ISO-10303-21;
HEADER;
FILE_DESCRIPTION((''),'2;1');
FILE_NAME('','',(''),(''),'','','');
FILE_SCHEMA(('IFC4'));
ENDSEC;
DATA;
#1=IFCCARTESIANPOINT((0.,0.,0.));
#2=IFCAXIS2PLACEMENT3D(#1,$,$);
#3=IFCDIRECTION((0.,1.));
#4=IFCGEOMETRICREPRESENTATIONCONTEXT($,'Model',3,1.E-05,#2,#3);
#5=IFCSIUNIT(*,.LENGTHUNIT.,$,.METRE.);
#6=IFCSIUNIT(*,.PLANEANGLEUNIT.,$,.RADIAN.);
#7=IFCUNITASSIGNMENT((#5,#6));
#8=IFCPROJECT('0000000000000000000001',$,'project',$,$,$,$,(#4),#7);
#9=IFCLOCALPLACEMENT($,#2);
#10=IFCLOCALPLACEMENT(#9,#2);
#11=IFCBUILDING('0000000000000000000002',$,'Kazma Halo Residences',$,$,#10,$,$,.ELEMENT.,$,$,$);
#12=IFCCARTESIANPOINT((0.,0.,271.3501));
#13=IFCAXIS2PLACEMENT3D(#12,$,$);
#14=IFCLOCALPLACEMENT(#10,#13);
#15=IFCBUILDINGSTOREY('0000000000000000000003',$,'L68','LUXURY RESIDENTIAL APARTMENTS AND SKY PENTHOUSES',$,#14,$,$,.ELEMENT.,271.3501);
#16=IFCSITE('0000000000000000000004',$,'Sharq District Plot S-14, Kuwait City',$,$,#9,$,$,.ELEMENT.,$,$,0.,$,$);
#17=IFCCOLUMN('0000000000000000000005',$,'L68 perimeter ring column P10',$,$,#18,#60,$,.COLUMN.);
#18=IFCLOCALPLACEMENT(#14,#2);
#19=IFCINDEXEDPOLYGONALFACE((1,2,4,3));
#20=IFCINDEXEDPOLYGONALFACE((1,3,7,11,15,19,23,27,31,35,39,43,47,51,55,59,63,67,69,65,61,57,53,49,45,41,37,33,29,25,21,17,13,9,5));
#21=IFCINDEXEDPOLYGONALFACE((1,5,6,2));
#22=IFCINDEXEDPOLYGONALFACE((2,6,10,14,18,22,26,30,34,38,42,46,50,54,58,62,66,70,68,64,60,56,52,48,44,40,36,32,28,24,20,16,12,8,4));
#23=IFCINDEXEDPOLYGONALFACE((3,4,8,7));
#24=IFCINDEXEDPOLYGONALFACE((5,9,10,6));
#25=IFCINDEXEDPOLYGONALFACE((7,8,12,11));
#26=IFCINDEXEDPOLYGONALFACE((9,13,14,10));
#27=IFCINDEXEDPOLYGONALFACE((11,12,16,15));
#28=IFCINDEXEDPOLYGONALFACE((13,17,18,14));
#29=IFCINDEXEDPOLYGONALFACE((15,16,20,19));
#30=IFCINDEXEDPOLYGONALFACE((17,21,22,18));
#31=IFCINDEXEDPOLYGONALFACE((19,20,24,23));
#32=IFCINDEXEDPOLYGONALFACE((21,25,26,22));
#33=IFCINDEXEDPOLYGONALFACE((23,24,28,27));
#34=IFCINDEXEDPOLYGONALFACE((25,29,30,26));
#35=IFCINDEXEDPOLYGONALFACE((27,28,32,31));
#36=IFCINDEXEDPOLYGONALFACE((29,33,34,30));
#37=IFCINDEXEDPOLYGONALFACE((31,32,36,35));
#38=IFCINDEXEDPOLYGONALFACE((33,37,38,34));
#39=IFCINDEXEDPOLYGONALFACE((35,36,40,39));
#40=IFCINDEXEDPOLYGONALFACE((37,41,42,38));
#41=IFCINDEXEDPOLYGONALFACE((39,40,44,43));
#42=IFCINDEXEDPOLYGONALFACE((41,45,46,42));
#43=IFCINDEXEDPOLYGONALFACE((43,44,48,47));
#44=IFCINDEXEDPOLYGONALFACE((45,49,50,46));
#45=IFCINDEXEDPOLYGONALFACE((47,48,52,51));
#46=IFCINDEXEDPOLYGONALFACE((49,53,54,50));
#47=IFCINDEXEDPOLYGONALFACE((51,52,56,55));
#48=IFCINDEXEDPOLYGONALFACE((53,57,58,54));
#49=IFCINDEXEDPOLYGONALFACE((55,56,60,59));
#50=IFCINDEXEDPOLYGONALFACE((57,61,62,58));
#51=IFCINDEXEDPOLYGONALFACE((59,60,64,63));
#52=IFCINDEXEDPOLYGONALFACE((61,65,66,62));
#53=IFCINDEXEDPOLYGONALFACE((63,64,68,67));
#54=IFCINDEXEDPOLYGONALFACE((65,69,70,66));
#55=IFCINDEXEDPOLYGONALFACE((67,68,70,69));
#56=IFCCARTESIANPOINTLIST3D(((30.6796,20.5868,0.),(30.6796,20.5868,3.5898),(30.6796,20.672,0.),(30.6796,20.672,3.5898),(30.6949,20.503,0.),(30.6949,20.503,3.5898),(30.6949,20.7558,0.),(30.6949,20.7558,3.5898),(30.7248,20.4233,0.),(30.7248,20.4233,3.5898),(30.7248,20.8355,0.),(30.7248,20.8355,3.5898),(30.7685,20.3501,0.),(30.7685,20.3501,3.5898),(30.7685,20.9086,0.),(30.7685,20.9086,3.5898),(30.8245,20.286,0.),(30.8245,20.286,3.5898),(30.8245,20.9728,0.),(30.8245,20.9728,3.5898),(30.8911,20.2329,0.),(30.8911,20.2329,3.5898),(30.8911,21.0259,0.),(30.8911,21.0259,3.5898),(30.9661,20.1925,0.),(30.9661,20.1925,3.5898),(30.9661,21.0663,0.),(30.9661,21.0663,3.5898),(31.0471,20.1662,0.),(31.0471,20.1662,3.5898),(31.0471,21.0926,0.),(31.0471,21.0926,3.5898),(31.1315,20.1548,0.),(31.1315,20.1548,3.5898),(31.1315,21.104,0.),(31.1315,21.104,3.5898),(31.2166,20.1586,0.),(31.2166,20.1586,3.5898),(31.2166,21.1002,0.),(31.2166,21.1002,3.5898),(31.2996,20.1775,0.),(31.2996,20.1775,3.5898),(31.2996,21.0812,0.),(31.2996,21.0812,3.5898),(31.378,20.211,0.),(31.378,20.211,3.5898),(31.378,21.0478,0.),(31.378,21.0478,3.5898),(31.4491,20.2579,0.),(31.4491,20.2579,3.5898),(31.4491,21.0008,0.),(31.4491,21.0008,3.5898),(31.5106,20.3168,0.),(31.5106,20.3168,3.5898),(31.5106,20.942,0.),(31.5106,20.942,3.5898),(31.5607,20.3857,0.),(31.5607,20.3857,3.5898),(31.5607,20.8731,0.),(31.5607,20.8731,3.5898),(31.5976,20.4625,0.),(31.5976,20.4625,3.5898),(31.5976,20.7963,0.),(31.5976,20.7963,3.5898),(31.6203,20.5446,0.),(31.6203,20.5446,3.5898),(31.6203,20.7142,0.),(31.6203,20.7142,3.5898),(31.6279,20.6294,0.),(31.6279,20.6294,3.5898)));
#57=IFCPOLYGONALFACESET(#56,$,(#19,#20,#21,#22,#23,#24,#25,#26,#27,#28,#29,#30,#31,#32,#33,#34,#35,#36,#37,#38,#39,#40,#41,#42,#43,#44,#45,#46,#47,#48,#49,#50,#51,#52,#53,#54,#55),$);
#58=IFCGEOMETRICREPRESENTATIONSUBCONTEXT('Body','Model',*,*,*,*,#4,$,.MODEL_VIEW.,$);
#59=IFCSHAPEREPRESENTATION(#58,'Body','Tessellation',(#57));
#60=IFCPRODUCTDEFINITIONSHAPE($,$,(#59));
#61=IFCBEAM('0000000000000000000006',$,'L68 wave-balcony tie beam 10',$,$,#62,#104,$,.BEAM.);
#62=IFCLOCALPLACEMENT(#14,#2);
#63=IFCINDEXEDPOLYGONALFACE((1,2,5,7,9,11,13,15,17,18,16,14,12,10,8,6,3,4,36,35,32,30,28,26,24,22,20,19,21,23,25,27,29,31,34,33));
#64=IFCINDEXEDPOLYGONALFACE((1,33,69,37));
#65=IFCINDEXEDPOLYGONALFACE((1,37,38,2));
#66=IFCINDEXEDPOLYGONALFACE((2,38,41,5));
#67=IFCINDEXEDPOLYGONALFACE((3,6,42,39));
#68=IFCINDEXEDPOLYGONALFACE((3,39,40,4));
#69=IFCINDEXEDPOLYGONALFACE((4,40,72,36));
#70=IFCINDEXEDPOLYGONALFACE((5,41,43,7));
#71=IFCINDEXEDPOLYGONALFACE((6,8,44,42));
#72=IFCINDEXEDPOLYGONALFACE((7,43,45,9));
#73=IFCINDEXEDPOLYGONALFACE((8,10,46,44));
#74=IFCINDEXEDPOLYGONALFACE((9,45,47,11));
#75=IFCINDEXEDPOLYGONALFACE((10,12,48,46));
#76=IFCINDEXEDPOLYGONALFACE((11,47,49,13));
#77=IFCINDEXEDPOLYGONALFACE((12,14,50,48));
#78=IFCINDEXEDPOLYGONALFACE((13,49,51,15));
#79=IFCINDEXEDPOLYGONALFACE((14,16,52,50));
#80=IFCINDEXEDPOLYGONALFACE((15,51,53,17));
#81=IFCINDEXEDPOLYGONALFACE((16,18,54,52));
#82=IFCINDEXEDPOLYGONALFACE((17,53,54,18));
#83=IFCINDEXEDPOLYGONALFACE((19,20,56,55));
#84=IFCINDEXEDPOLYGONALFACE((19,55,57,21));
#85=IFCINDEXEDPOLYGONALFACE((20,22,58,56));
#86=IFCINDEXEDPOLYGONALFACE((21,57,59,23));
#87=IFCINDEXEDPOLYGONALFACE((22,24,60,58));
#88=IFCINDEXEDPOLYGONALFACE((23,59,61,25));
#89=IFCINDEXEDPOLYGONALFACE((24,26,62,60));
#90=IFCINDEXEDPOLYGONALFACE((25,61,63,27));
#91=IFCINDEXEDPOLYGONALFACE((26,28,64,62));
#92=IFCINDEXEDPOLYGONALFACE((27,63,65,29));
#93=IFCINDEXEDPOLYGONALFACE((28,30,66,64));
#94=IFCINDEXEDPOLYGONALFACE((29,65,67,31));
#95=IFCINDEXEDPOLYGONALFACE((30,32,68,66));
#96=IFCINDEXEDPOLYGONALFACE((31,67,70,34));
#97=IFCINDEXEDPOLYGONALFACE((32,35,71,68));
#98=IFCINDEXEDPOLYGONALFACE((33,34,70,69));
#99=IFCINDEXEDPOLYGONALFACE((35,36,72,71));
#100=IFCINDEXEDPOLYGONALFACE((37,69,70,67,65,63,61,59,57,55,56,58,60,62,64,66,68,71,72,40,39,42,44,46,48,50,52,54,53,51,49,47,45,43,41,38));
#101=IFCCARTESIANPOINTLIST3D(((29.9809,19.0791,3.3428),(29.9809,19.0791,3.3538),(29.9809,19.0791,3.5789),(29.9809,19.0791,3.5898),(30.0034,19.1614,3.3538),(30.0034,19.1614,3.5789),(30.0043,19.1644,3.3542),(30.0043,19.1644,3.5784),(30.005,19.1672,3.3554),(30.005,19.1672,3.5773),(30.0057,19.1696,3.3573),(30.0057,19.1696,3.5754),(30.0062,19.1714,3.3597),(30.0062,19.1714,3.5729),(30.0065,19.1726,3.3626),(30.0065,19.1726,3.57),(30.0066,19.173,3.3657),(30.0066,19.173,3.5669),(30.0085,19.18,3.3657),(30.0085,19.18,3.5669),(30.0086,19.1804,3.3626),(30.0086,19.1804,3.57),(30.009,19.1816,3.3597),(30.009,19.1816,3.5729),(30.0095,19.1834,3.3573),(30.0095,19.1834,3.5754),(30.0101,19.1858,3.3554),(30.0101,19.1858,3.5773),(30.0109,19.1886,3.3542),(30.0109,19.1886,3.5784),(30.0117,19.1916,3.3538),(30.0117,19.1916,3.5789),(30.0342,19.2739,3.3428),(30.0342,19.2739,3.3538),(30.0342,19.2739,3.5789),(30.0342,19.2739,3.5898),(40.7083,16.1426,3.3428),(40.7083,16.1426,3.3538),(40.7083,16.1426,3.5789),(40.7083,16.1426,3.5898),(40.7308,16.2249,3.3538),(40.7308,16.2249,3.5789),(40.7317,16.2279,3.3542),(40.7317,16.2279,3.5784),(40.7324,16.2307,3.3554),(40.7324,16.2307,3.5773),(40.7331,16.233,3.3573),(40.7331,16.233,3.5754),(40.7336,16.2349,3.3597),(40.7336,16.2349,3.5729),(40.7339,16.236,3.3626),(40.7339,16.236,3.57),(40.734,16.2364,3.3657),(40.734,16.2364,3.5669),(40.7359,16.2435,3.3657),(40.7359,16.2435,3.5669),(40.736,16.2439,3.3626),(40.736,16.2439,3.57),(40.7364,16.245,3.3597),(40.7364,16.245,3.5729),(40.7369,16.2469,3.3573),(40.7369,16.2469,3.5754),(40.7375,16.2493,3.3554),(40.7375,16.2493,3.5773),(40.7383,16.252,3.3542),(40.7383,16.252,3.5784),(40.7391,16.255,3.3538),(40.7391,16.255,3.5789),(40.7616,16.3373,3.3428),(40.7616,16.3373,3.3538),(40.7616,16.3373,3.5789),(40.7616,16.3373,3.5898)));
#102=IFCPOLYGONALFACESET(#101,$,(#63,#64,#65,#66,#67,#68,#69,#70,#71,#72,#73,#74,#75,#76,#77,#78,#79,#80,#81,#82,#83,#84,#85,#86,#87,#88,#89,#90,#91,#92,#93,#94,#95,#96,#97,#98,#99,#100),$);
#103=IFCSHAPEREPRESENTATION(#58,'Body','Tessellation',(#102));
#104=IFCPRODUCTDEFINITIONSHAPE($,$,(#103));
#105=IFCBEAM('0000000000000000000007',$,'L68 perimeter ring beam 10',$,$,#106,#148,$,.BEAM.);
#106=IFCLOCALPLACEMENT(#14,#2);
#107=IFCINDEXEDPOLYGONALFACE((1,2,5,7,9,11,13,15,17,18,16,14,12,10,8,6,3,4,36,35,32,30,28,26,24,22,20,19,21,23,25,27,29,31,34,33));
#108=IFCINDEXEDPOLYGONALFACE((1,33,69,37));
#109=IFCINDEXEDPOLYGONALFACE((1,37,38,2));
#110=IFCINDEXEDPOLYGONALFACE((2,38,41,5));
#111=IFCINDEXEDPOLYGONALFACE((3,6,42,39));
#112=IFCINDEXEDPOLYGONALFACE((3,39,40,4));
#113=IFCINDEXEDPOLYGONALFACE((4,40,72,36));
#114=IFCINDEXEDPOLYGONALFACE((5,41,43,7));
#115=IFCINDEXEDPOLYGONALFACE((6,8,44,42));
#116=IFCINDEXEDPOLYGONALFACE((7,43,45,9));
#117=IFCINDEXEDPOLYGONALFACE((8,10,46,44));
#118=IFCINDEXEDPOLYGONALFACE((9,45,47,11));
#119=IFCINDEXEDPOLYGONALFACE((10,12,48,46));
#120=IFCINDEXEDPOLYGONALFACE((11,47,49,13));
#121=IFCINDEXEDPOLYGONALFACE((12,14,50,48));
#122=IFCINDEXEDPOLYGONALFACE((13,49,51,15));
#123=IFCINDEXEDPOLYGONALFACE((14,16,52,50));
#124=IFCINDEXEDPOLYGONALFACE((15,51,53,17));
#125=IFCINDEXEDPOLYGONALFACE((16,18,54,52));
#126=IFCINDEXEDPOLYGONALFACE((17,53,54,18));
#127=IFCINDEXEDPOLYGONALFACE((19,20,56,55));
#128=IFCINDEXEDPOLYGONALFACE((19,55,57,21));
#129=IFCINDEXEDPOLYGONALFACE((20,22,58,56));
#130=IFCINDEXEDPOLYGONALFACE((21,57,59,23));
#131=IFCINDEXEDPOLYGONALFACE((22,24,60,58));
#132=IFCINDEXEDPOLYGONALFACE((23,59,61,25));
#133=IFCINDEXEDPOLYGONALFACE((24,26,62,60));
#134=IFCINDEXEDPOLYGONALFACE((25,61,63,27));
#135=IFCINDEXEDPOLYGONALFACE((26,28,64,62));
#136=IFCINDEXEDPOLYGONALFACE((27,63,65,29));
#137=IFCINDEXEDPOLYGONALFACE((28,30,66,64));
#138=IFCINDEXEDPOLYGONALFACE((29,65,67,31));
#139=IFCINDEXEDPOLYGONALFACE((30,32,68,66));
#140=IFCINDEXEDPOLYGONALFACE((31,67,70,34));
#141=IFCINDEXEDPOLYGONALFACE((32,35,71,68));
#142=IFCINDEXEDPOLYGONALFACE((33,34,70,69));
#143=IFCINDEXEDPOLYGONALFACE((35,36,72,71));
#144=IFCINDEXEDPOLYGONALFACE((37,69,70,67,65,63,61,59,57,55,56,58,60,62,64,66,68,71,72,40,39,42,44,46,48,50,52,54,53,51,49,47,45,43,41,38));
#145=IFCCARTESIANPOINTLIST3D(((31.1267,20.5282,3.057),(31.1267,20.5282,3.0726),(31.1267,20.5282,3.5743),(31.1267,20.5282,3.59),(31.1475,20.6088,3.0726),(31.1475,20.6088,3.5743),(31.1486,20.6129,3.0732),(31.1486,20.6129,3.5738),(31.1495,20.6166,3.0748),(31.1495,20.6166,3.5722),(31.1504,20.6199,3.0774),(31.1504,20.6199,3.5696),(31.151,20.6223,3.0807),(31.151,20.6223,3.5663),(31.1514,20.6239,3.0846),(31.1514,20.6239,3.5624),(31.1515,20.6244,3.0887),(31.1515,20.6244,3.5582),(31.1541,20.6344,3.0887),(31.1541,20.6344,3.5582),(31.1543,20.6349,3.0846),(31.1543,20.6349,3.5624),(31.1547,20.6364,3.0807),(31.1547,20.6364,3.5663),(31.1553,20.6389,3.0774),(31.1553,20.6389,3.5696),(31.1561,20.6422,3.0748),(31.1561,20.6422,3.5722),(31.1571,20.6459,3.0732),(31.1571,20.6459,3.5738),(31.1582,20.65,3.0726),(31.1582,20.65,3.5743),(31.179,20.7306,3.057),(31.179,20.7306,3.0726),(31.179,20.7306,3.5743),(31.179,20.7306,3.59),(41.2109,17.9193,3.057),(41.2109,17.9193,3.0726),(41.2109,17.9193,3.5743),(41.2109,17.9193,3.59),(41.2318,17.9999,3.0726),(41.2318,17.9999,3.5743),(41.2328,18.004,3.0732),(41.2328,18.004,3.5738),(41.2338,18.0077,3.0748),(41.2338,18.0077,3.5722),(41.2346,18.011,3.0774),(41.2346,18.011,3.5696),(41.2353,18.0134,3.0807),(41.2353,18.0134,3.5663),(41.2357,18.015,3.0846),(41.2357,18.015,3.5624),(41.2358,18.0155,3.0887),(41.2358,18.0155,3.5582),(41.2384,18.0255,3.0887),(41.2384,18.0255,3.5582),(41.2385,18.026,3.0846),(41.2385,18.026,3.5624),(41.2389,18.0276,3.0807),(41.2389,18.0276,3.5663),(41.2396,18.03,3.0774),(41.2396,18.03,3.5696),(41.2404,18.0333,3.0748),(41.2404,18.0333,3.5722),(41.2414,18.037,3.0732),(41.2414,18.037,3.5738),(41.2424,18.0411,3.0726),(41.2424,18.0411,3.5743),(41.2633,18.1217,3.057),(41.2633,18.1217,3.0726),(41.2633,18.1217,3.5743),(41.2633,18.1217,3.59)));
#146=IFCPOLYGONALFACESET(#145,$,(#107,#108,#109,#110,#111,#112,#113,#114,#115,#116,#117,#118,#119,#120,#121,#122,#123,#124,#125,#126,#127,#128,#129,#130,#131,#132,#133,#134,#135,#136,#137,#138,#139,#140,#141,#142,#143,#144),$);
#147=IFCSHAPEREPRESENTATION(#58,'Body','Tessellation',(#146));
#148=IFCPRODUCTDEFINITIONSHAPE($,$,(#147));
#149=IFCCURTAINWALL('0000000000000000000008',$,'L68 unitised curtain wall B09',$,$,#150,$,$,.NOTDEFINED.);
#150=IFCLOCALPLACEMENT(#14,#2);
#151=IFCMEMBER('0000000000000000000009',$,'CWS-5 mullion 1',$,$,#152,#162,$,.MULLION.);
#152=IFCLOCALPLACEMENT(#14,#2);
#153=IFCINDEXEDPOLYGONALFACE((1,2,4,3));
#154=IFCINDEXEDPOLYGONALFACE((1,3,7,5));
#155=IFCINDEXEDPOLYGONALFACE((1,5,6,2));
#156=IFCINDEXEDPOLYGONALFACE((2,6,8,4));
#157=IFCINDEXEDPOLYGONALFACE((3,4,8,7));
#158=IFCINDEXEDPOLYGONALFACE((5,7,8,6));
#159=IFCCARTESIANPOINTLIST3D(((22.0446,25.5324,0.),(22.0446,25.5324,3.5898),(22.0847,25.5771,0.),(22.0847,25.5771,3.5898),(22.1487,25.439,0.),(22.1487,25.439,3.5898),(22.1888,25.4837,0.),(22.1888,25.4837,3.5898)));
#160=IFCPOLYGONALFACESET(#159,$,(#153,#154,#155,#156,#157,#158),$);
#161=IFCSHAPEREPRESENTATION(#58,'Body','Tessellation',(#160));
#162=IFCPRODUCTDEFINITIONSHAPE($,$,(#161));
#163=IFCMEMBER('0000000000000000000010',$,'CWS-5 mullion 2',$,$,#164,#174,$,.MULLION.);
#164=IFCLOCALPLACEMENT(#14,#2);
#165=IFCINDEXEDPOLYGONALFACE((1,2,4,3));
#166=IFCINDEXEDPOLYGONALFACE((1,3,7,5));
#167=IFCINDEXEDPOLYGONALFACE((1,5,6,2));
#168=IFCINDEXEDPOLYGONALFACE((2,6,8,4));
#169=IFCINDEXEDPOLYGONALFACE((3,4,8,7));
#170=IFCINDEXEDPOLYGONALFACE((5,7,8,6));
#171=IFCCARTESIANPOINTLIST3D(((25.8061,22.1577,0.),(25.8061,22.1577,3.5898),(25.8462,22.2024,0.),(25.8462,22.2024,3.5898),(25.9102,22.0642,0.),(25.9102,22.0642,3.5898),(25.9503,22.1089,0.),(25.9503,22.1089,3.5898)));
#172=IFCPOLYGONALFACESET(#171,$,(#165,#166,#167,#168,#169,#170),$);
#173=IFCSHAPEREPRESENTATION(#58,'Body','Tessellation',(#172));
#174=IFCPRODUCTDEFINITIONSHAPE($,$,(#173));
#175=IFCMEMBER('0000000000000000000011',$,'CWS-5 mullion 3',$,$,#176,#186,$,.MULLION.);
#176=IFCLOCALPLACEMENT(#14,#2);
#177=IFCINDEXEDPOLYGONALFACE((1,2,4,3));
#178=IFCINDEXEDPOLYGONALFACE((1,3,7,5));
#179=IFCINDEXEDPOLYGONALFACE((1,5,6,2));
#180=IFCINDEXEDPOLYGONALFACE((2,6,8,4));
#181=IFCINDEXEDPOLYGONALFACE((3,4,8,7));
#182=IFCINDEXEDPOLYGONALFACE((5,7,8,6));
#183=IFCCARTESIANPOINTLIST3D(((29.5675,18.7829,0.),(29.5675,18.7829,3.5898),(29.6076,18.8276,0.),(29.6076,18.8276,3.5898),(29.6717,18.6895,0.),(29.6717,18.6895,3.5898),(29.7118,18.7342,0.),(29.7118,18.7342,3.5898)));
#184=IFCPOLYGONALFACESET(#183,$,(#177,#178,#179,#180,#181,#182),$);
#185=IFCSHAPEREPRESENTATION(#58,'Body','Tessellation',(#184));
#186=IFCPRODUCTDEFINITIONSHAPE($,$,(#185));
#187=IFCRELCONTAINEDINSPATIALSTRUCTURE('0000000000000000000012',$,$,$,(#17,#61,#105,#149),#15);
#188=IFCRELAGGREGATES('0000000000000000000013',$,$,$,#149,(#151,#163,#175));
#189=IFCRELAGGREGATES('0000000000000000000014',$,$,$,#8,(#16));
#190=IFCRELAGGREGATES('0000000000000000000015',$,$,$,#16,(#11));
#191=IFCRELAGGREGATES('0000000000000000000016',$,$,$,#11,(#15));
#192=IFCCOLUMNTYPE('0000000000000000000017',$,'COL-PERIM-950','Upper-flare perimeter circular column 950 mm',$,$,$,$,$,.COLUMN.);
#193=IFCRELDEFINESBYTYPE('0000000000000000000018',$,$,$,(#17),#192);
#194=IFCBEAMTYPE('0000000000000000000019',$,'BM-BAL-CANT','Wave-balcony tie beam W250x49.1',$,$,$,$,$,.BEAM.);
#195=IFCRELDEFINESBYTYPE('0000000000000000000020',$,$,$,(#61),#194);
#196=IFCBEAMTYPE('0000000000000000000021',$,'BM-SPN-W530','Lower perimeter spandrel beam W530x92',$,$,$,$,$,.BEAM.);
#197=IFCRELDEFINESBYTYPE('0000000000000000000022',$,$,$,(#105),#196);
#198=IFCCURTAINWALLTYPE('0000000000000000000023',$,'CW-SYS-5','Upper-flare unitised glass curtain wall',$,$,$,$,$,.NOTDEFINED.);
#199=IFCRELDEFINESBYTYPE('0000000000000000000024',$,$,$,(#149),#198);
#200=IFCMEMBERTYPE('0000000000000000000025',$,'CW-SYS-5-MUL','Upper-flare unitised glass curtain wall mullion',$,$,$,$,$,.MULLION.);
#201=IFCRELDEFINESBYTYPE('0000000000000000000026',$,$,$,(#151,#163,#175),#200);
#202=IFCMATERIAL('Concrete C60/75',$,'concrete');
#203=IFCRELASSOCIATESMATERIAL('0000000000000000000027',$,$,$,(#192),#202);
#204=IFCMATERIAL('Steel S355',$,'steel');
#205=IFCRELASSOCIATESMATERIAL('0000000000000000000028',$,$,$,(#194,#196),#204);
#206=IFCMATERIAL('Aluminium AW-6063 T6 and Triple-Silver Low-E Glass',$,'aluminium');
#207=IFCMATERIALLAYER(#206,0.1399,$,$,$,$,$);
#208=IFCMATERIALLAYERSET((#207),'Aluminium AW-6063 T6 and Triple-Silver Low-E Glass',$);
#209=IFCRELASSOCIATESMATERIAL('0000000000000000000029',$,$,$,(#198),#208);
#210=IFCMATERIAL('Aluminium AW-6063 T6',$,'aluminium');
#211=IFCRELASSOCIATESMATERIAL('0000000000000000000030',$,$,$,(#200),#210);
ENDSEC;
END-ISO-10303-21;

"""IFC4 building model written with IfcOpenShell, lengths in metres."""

from ifc_helpers import new_model, si_unit, direction, frame, origin, origin_2d, place, context, subcontext, project, spatial, rectangle, circle, i_section, extrude, material, layer, layer_set, material_profile, profile_set, type_object, element, aggregate, save


model = new_model("IFC4")

# Units and contexts
model_context = context("Model", 3, precision=1e-05, world=origin(), true_north=direction((0.0, 1.0)))
body_context = subcontext(model_context, "Body", "Model", "MODEL_VIEW")
ifc_project = project(units=[si_unit("LENGTHUNIT", "METRE"), si_unit("PLANEANGLEUNIT", "RADIAN")], contexts=[model_context])

# Site, building, storey
site_placement = place(None, origin())
site = spatial("IfcSite", under=ifc_project, at=site_placement, Name="Sharq District Plot S-14, Kuwait City", CompositionType="ELEMENT", RefElevation=0.0)
building_placement = place(site_placement, origin())
building = spatial("IfcBuilding", under=site, at=building_placement, Name="Kazma Halo Residences", CompositionType="ELEMENT")
storey_placement = place(building_placement, frame((0.0, 0.0, 271.3501)))
storey = spatial("IfcBuildingStorey", under=building, at=storey_placement, Name="L68", Description="LUXURY RESIDENTIAL APARTMENTS AND SKY PENTHOUSES", CompositionType="ELEMENT", Elevation=271.3501)

# Column
ifc_material_1 = material(Name="Concrete C60/75", Category="concrete")
ifc_material_profile_1 = material_profile(ifc_material_1, circle(Radius=0.4751, at=origin_2d()), Name="CIRC950")
ifc_profile_set_1 = profile_set([ifc_material_profile_1], Name="Concrete C60/75")
column_type = type_object("IfcColumnType", Name="COL-PERIM-950", Description="Upper-flare perimeter circular column 950 mm", PredefinedType="COLUMN", material=ifc_profile_set_1)
column_placement = place(storey_placement, frame((31.1528, 20.6294, 0.0), z_axis=(0.0, 0.0, 1.0), x_axis=(1.0, 0.0, 0.0)))
element("IfcColumn", 1, at=column_placement, inside=storey, type_object=column_type, Name="L68 perimeter ring column P10", PredefinedType="COLUMN", context=body_context, shape_type="SweptSolid", body=[
    extrude(circle(Radius=0.4751, at=origin_2d()), origin(), (0.0, 0.0, 1.0), 3.5898),
])

# Beams
ifc_material_2 = material(Name="Steel S355", Category="steel")
ifc_material_profile_2 = material_profile(ifc_material_2, i_section(OverallWidth=0.2019, OverallDepth=0.2471, WebThickness=0.0073, FlangeThickness=0.011, FilletRadius=0.012, at=origin_2d()), Name="W250x49.1")
ifc_profile_set_2 = profile_set([ifc_material_profile_2], Name="Steel S355")
beam_type_1 = type_object("IfcBeamType", Name="BM-BAL-CANT", Description="Wave-balcony tie beam W250x49.1", PredefinedType="BEAM", material=ifc_profile_set_2)
beam_1_placement = place(storey_placement, frame((30.0076, 19.1765, 3.4663), z_axis=(0.964515, -0.264029, 0.0), x_axis=(0.264029, 0.964515, 0.0)))
element("IfcBeam", 2, at=beam_1_placement, inside=storey, type_object=beam_type_1, Name="L68 wave-balcony tie beam 10", PredefinedType="BEAM", context=body_context, shape_type="SweptSolid", body=[
    extrude(i_section(OverallWidth=0.2019, OverallDepth=0.2471, WebThickness=0.0073, FlangeThickness=0.011, FilletRadius=0.012, at=origin_2d()), origin(), (0.0, 0.0, 1.0), 11.1221),
])
ifc_material_profile_3 = material_profile(ifc_material_2, i_section(OverallWidth=0.209, OverallDepth=0.533, WebThickness=0.0103, FlangeThickness=0.0156, FilletRadius=0.0161, at=origin_2d()), Name="W530x92")
ifc_profile_set_3 = profile_set([ifc_material_profile_3], Name="Steel S355")
beam_type_2 = type_object("IfcBeamType", Name="BM-SPN-W530", Description="Lower perimeter spandrel beam W530x92", PredefinedType="BEAM", material=ifc_profile_set_3)
beam_2_placement = place(storey_placement, frame((31.1528, 20.6294, 3.3235), z_axis=(0.968126, -0.250464, 0.0), x_axis=(0.250464, 0.968126, 0.0)))
element("IfcBeam", 3, at=beam_2_placement, inside=storey, type_object=beam_type_2, Name="L68 perimeter ring beam 10", PredefinedType="BEAM", context=body_context, shape_type="SweptSolid", body=[
    extrude(i_section(OverallWidth=0.209, OverallDepth=0.533, WebThickness=0.0103, FlangeThickness=0.0156, FilletRadius=0.0161, at=origin_2d()), origin(), (0.0, 0.0, 1.0), 10.4163),
])

# Curtain wall, members
ifc_material_3 = material(Name="Aluminium AW-6063 T6 and Triple-Silver Low-E Glass", Category="aluminium")
ifc_layer_1 = layer(ifc_material_3, 0.1399)
ifc_layer_set_1 = layer_set([ifc_layer_1], Name="Aluminium AW-6063 T6 and Triple-Silver Low-E Glass")
curtain_wall_type = type_object("IfcCurtainWallType", Name="CW-SYS-5", Description="Upper-flare unitised glass curtain wall", PredefinedType="NOTDEFINED", material=ifc_layer_set_1)
curtain_wall_placement = place(storey_placement, origin())
curtain_wall = element("IfcCurtainWall", 4, at=curtain_wall_placement, inside=storey, type_object=curtain_wall_type, Name="L68 unitised curtain wall B09", PredefinedType="NOTDEFINED")
ifc_material_4 = material(Name="Aluminium AW-6063 T6", Category="aluminium")
ifc_material_profile_4 = material_profile(ifc_material_4, rectangle(XDim=0.0601, YDim=0.1399, at=origin_2d()), Name="CWM-60x140")
ifc_profile_set_4 = profile_set([ifc_material_profile_4], Name="Aluminium AW-6063 T6")
member_type_1 = type_object("IfcMemberType", Name="CW-SYS-5-MUL", Description="Upper-flare unitised glass curtain wall mullion", PredefinedType="MULLION", material=ifc_profile_set_4)
member_1_placement = place(storey_placement, frame((22.1167, 25.5081, 0.0), z_axis=(0.0, 0.0, 1.0), x_axis=(0.667805, 0.744336, 0.0)))
member_1 = element("IfcMember", 5, at=member_1_placement, type_object=member_type_1, Name="CWS-5 mullion 1", PredefinedType="MULLION", context=body_context, shape_type="SweptSolid", body=[
    extrude(rectangle(XDim=0.0601, YDim=0.1399, at=origin_2d()), origin(), (0.0, 0.0, 1.0), 3.5898),
])
member_2_placement = place(storey_placement, frame((25.8782, 22.1333, 0.0), z_axis=(0.0, 0.0, 1.0), x_axis=(0.667805, 0.744336, 0.0)))
member_2 = element("IfcMember", 6, at=member_2_placement, type_object=member_type_1, Name="CWS-5 mullion 2", PredefinedType="MULLION", context=body_context, shape_type="SweptSolid", body=[
    extrude(rectangle(XDim=0.0601, YDim=0.1399, at=origin_2d()), origin(), (0.0, 0.0, 1.0), 3.5898),
])
member_3_placement = place(storey_placement, frame((29.6396, 18.7585, 0.0), z_axis=(0.0, 0.0, 1.0), x_axis=(0.667805, 0.744336, 0.0)))
member_3 = element("IfcMember", 7, at=member_3_placement, type_object=member_type_1, Name="CWS-5 mullion 3", PredefinedType="MULLION", context=body_context, shape_type="SweptSolid", body=[
    extrude(rectangle(XDim=0.0601, YDim=0.1399, at=origin_2d()), origin(), (0.0, 0.0, 1.0), 3.5898),
])
aggregate(curtain_wall, [member_1, member_2, member_3])

save(model, "model.ifc")
